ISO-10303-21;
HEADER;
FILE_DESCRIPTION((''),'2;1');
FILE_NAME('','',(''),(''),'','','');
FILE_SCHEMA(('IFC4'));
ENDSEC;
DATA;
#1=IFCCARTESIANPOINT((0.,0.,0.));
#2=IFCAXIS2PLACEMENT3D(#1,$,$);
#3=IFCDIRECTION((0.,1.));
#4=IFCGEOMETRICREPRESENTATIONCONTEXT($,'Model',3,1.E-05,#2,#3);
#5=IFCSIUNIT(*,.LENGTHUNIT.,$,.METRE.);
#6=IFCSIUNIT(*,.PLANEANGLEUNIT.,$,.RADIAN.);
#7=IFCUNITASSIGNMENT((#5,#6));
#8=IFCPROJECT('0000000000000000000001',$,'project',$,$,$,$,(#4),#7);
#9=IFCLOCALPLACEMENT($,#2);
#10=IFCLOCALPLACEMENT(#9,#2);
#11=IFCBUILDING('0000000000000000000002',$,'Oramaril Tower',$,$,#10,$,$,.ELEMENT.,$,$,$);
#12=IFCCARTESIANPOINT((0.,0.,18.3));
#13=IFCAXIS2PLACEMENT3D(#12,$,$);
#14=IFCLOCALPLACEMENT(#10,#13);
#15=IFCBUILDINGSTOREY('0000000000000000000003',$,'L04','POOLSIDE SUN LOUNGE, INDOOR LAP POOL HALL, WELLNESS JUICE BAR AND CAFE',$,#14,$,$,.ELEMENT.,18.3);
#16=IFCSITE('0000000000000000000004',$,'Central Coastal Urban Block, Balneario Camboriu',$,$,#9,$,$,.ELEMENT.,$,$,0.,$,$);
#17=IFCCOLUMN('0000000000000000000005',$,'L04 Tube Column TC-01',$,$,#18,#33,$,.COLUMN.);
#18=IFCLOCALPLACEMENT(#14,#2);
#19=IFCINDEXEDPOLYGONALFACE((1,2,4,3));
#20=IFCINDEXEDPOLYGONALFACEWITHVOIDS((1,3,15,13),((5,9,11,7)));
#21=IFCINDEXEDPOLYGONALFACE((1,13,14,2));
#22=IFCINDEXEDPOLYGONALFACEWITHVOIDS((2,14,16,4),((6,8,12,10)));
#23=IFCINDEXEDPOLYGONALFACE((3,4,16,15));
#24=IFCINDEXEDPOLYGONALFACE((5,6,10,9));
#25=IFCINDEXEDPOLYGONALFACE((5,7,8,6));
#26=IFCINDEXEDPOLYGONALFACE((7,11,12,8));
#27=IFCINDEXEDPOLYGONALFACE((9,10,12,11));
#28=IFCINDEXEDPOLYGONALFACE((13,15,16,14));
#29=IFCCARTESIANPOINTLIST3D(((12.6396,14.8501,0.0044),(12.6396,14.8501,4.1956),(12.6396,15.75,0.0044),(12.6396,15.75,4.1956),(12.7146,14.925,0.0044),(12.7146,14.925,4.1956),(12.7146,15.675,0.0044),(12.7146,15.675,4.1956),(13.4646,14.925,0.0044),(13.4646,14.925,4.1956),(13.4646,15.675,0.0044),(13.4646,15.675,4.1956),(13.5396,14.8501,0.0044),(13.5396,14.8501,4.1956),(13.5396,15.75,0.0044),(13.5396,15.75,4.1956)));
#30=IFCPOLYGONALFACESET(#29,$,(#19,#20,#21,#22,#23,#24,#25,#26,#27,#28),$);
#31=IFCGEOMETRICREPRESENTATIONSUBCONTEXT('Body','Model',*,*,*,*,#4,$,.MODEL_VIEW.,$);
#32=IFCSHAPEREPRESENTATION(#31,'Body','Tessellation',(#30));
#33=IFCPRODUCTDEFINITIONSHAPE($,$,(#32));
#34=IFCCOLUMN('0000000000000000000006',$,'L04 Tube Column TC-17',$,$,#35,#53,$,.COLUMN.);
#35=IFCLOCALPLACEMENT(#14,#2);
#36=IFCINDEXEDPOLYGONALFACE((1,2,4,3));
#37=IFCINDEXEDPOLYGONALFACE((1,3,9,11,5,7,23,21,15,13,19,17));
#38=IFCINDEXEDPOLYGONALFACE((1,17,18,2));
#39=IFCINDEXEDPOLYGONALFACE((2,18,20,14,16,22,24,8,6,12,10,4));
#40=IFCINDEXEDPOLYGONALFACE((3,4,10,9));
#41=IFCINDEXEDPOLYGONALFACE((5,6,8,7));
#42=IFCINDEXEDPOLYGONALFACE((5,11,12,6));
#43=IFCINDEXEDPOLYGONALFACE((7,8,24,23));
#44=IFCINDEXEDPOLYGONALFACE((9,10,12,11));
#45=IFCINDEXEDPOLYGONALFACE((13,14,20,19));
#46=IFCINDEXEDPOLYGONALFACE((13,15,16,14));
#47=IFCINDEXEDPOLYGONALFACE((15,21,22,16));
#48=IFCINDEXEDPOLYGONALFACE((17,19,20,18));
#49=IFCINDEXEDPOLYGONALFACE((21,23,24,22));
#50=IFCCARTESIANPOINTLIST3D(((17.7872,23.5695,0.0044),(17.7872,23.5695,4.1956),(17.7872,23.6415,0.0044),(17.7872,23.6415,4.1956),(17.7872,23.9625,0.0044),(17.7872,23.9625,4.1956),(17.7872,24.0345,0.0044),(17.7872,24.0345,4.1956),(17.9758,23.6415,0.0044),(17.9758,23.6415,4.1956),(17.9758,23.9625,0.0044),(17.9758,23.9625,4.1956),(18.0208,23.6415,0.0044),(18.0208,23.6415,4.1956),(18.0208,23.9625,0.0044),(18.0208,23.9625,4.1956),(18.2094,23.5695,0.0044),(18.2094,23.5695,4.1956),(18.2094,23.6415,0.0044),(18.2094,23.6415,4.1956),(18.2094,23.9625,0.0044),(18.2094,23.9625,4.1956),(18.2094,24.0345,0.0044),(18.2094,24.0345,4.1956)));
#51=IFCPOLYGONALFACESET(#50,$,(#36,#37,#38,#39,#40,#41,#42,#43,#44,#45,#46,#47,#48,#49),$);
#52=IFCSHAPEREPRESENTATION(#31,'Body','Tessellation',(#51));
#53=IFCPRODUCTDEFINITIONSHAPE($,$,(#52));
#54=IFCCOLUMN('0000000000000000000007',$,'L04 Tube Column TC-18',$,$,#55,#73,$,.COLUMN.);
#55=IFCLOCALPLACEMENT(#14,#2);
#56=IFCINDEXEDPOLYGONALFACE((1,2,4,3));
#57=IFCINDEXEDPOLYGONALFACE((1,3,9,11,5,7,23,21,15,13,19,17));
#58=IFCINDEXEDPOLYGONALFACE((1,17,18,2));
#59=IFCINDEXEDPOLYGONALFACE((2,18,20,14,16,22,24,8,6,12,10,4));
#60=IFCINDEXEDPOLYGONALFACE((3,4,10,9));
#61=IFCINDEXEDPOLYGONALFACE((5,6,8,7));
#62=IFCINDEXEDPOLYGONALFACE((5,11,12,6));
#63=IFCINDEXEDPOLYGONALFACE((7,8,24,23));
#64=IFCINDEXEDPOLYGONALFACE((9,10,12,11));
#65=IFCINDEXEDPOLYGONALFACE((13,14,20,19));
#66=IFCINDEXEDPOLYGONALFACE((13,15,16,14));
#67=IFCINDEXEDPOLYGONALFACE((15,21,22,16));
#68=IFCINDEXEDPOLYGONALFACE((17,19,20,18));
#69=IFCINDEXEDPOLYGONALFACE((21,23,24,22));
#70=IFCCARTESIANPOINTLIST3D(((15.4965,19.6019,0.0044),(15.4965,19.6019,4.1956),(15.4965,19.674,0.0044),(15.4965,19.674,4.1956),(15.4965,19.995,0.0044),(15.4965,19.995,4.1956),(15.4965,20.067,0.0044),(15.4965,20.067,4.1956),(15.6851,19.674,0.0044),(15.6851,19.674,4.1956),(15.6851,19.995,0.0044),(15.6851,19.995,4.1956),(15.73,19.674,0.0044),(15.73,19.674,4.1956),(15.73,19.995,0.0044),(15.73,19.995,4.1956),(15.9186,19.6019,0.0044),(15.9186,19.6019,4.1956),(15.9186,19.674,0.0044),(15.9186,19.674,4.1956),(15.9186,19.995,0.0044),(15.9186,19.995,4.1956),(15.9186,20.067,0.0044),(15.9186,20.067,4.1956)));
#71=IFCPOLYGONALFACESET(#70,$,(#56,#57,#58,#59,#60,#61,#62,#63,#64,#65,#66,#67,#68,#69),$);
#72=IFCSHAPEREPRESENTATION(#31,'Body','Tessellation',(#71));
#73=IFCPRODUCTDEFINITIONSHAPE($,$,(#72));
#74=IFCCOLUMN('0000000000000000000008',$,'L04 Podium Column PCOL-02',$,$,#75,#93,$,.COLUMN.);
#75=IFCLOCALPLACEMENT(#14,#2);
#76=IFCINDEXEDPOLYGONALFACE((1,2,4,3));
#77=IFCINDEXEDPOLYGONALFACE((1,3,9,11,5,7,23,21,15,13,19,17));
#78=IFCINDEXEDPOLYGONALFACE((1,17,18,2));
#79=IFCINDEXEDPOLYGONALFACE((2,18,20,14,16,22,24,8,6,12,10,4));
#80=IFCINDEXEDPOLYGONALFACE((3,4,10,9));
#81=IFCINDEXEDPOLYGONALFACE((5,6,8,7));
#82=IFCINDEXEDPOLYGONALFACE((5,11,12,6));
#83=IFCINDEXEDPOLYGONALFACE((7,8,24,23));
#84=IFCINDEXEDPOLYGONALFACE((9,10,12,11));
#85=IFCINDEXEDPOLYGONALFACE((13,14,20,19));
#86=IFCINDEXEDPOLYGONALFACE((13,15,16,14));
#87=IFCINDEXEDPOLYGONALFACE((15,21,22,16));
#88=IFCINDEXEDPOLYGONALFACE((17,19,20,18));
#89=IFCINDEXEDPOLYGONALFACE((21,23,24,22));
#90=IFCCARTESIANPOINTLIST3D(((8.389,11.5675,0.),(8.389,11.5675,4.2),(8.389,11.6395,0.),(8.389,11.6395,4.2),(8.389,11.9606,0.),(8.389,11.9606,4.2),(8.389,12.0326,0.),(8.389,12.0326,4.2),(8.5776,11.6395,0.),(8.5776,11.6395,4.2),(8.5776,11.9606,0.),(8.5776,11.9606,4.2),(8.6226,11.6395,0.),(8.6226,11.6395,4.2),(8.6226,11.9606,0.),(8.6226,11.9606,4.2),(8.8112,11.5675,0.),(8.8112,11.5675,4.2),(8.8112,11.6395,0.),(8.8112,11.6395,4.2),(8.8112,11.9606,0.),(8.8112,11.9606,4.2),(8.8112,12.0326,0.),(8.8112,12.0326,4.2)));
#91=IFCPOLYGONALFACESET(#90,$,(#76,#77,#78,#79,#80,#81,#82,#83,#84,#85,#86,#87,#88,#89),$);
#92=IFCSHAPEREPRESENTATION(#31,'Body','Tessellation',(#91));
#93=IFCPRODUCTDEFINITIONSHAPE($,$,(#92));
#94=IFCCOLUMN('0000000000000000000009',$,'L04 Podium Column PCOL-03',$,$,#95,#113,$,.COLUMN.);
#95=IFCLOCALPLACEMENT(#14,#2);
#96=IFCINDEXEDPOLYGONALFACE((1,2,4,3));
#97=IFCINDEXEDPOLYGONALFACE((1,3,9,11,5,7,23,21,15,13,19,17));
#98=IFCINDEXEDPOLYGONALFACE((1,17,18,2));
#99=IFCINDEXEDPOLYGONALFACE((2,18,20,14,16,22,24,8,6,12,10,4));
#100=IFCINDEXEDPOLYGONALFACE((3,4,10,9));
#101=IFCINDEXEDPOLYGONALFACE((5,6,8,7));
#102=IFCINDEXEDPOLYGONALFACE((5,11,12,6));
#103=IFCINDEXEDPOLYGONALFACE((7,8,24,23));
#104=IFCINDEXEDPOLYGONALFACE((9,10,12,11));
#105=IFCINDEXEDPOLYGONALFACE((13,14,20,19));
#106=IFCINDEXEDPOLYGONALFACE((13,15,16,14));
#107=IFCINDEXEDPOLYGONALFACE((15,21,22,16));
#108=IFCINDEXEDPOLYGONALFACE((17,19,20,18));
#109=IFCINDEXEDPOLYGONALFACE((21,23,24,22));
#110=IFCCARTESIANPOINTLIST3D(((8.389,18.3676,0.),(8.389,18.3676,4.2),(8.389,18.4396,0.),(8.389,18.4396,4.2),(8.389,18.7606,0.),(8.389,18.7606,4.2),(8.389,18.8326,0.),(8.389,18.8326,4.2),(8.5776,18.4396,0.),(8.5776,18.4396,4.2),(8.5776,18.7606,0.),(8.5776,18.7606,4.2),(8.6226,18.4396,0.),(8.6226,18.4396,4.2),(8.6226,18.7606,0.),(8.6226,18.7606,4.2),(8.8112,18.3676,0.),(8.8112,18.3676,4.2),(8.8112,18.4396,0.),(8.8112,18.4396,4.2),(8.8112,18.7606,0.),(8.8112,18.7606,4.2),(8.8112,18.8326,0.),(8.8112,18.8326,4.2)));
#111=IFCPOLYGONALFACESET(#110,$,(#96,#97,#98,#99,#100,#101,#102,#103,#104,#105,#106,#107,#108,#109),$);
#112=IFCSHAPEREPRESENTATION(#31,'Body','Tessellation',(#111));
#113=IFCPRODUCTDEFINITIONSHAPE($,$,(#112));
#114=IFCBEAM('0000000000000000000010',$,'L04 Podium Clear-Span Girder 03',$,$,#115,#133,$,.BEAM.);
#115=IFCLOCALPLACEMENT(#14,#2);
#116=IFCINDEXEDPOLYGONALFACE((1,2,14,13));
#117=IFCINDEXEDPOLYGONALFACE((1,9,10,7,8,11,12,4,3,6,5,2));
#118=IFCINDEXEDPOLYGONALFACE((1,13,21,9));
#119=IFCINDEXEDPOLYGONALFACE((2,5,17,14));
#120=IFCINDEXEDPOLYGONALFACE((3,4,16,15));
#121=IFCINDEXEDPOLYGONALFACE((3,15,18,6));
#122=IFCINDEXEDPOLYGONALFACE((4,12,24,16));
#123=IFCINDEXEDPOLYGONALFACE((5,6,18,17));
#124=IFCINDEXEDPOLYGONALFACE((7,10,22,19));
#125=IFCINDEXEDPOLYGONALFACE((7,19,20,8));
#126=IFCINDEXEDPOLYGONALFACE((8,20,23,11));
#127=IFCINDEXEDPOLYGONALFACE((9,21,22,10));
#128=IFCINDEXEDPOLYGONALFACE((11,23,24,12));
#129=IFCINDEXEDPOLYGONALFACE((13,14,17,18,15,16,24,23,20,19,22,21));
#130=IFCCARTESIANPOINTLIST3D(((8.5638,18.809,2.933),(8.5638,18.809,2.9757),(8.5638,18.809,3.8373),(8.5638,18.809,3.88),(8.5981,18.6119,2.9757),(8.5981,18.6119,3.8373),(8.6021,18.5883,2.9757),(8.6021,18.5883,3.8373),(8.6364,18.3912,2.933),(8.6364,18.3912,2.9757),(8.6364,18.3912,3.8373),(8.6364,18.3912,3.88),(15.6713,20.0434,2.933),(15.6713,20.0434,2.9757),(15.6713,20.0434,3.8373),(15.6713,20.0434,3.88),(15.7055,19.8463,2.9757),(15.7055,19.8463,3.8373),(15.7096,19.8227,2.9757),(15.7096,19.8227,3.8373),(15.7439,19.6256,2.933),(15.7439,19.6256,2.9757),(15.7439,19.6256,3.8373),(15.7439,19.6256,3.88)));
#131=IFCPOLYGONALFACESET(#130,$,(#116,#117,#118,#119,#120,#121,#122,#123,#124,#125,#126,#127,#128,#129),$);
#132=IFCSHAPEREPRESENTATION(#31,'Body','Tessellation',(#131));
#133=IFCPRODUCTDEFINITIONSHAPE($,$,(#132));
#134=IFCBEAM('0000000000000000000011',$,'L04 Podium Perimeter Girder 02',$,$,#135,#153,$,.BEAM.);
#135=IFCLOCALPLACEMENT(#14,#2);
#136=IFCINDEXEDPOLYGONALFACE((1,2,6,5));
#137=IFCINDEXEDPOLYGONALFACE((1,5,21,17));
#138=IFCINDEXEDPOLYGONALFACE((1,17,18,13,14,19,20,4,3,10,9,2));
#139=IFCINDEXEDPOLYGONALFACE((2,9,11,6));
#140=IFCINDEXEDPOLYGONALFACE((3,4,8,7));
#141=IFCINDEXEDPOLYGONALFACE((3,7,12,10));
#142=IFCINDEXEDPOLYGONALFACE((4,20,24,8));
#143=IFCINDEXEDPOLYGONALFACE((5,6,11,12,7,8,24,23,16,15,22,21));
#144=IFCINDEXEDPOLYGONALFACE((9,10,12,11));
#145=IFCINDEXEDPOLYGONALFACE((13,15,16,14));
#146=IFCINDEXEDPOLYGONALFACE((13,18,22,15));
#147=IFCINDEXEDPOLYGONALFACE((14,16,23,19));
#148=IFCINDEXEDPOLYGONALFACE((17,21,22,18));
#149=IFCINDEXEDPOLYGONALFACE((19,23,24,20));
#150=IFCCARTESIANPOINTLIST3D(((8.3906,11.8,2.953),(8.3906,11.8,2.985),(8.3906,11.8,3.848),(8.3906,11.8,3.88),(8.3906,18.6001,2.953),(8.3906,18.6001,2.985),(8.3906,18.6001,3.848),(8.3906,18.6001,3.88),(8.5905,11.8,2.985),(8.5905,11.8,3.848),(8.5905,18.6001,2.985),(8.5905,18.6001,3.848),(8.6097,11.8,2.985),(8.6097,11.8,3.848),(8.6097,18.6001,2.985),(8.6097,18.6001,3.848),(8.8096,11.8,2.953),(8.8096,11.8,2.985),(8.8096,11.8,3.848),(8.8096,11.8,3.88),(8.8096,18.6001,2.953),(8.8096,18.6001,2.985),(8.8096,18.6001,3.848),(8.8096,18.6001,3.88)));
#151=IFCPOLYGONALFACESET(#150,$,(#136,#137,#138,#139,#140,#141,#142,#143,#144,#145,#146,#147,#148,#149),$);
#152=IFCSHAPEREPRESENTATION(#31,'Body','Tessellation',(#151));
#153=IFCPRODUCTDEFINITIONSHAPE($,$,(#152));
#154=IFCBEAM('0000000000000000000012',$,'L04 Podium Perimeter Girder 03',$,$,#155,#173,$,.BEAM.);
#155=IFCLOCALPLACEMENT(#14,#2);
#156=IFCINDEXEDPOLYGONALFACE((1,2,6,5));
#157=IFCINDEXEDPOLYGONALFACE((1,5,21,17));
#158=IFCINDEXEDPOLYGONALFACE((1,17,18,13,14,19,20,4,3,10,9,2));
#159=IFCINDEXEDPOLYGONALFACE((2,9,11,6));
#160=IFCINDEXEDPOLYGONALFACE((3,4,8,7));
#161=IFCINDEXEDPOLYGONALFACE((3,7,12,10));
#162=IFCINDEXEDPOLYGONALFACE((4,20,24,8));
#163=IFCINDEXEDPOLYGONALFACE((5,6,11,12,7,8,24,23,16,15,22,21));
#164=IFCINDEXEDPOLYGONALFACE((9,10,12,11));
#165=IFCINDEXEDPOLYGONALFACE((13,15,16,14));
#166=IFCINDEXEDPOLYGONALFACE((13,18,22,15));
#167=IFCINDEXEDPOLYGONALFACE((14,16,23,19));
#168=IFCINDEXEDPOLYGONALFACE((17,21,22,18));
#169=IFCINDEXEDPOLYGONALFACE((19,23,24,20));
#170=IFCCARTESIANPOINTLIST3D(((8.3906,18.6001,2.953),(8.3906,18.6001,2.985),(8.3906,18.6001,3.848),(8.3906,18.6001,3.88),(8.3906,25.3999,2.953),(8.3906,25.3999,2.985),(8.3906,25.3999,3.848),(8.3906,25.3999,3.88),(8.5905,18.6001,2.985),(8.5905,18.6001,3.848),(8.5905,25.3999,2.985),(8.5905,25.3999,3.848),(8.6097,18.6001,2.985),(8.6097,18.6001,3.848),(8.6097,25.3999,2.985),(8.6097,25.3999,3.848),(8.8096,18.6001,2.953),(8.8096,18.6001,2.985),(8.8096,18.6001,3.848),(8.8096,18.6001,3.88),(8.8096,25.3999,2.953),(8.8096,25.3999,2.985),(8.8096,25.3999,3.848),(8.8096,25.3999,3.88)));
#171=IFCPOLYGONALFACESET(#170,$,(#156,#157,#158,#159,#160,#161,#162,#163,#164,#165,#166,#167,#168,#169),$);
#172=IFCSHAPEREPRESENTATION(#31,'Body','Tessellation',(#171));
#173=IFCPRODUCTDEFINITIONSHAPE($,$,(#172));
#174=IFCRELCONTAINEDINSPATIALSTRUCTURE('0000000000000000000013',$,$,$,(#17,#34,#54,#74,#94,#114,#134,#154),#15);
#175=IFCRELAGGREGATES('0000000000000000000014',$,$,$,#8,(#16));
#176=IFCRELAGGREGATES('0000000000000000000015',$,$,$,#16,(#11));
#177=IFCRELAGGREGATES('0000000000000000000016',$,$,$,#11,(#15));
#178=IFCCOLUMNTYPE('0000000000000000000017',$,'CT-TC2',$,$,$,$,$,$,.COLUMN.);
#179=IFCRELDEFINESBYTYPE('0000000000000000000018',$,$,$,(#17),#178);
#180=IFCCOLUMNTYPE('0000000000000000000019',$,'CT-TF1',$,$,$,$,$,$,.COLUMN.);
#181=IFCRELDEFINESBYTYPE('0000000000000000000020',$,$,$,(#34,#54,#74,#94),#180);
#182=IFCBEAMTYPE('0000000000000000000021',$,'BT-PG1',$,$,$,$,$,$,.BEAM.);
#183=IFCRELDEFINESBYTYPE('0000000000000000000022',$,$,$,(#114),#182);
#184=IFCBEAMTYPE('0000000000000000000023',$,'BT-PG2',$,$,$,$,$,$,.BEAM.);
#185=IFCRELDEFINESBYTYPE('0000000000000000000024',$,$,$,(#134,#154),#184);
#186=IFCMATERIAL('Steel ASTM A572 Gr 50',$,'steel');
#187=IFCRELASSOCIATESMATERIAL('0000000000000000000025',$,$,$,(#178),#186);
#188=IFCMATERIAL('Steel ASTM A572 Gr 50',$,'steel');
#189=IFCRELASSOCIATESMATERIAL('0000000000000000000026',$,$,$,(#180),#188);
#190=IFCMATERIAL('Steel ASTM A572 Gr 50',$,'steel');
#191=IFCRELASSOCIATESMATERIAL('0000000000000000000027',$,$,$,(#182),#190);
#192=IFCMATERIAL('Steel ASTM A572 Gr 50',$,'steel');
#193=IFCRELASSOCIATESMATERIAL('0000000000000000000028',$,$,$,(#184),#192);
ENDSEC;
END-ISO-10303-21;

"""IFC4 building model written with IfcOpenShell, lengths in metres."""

from ifc_helpers import new_model, si_unit, direction, frame, origin, origin_2d, place, context, subcontext, project, spatial, hollow_rectangle, i_section, extrude, material, material_profile, profile_set, type_object, element, save


model = new_model("IFC4")

# Units and contexts
model_context = context("Model", 3, precision=1e-05, world=origin(), true_north=direction((0.0, 1.0)))
body_context = subcontext(model_context, "Body", "Model", "MODEL_VIEW")
ifc_project = project(units=[si_unit("LENGTHUNIT", "METRE"), si_unit("PLANEANGLEUNIT", "RADIAN")], contexts=[model_context])

# Site, building, storey
site_placement = place(None, origin())
site = spatial("IfcSite", under=ifc_project, at=site_placement, Name="Central Coastal Urban Block, Balneario Camboriu", CompositionType="ELEMENT", RefElevation=0.0)
building_placement = place(site_placement, origin())
building = spatial("IfcBuilding", under=site, at=building_placement, Name="Oramaril Tower", CompositionType="ELEMENT")
storey_placement = place(building_placement, frame((0.0, 0.0, 18.3)))
storey = spatial("IfcBuildingStorey", under=building, at=storey_placement, Name="L04", Description="POOLSIDE SUN LOUNGE, INDOOR LAP POOL HALL, WELLNESS JUICE BAR AND CAFE", CompositionType="ELEMENT", Elevation=18.3)

# Columns
ifc_material_1 = material(Name="Steel ASTM A572 Gr 50", Category="steel")
ifc_material_profile_1 = material_profile(ifc_material_1, hollow_rectangle(XDim=0.8999, YDim=0.8999, WallThickness=0.075, at=origin_2d()), Name="BOX900X900X75")
ifc_profile_set_1 = profile_set([ifc_material_profile_1], Name="Steel ASTM A572 Gr 50")
column_type_1 = type_object("IfcColumnType", Name="CT-TC2", PredefinedType="COLUMN", material=ifc_profile_set_1)
column_placement = place(storey_placement, frame((13.0896, 15.3, 0.0044), z_axis=(0.0, 0.0, 1.0), x_axis=(1.0, 0.0, 0.0)))
element("IfcColumn", 1, at=column_placement, inside=storey, type_object=column_type_1, Name="L04 Tube Column TC-01", PredefinedType="COLUMN", context=body_context, shape_type="SweptSolid", body=[
    extrude(hollow_rectangle(XDim=0.8999, YDim=0.8999, WallThickness=0.075, at=origin_2d()), origin(), (0.0, 0.0, 1.0), 4.1912),
])
ifc_material_2 = material(Name="Steel ASTM A572 Gr 50", Category="steel")
ifc_material_profile_2 = material_profile(ifc_material_2, i_section(OverallWidth=0.4221, OverallDepth=0.4651, WebThickness=0.0449, FlangeThickness=0.072, at=origin_2d()), Name="W14X398")
ifc_profile_set_2 = profile_set([ifc_material_profile_2], Name="Steel ASTM A572 Gr 50")
column_type_2 = type_object("IfcColumnType", Name="CT-TF1", PredefinedType="COLUMN", material=ifc_profile_set_2)
for number, where, z_axis, x_axis, name in (
    (2, (17.9983, 23.802, 0.0044), (0.0, 0.0, 1.0), (1.0, 0.0, 0.0), "L04 Tube Column TC-17"),
    (3, (15.7075, 19.8345, 0.0044), (0.0, 0.0, 1.0), (1.0, 0.0, 0.0), "L04 Tube Column TC-18"),
):
    element("IfcColumn", number, at=place(storey_placement, frame(where, z_axis=z_axis, x_axis=x_axis)), inside=storey, type_object=column_type_2, Name=name, PredefinedType="COLUMN", context=body_context, shape_type="SweptSolid", body=[
        extrude(i_section(OverallWidth=0.4221, OverallDepth=0.4651, WebThickness=0.0449, FlangeThickness=0.072, at=origin_2d()), origin(), (0.0, 0.0, 1.0), 4.1912),
    ])
for number, where, z_axis, x_axis, name in (
    (4, (8.6001, 11.8, 0.0), (0.0, 0.0, 1.0), (1.0, 0.0, 0.0), "L04 Podium Column PCOL-02"),
    (5, (8.6001, 18.6001, 0.0), (0.0, 0.0, 1.0), (1.0, 0.0, 0.0), "L04 Podium Column PCOL-03"),
):
    element("IfcColumn", number, at=place(storey_placement, frame(where, z_axis=z_axis, x_axis=x_axis)), inside=storey, type_object=column_type_2, Name=name, PredefinedType="COLUMN", context=body_context, shape_type="SweptSolid", body=[
        extrude(i_section(OverallWidth=0.4221, OverallDepth=0.4651, WebThickness=0.0449, FlangeThickness=0.072, at=origin_2d()), origin(), (0.0, 0.0, 1.0), 4.2),
    ])

# Beams
ifc_material_3 = material(Name="Steel ASTM A572 Gr 50", Category="steel")
ifc_material_profile_3 = material_profile(ifc_material_3, i_section(OverallWidth=0.4241, OverallDepth=0.947, WebThickness=0.0239, FlangeThickness=0.0427, at=origin_2d()), Name="W36X302")
ifc_profile_set_3 = profile_set([ifc_material_profile_3], Name="Steel ASTM A572 Gr 50")
beam_type_1 = type_object("IfcBeamType", Name="BT-PG1", PredefinedType="BEAM", material=ifc_profile_set_3)
beam_1_placement = place(storey_placement, frame((8.6001, 18.6001, 3.4065), z_axis=(0.985251, 0.171113, 0.0), x_axis=(-0.171113, 0.985251, 0.0)))
element("IfcBeam", 6, at=beam_1_placement, inside=storey, type_object=beam_type_1, Name="L04 Podium Clear-Span Girder 03", PredefinedType="BEAM", context=body_context, shape_type="SweptSolid", body=[
    extrude(i_section(OverallWidth=0.4241, OverallDepth=0.947, WebThickness=0.0239, FlangeThickness=0.0427, at=origin_2d()), origin(), (0.0, 0.0, 1.0), 7.2139),
])
ifc_material_4 = material(Name="Steel ASTM A572 Gr 50", Category="steel")
ifc_material_profile_4 = material_profile(ifc_material_4, i_section(OverallWidth=0.4189, OverallDepth=0.927, WebThickness=0.0193, FlangeThickness=0.032, at=origin_2d()), Name="W36X231")
ifc_profile_set_4 = profile_set([ifc_material_profile_4], Name="Steel ASTM A572 Gr 50")
beam_type_2 = type_object("IfcBeamType", Name="BT-PG2", PredefinedType="BEAM", material=ifc_profile_set_4)
beam_2_placement = place(storey_placement, frame((8.6001, 11.8, 3.4165), z_axis=(0.0, 1.0, 0.0), x_axis=(-1.0, 0.0, 0.0)))
element("IfcBeam", 7, at=beam_2_placement, inside=storey, type_object=beam_type_2, Name="L04 Podium Perimeter Girder 02", PredefinedType="BEAM", context=body_context, shape_type="SweptSolid", body=[
    extrude(i_section(OverallWidth=0.4189, OverallDepth=0.927, WebThickness=0.0193, FlangeThickness=0.032, at=origin_2d()), origin(), (0.0, 0.0, 1.0), 6.8),
])
beam_3_placement = place(storey_placement, frame((8.6001, 18.6001, 3.4165), z_axis=(0.0, 1.0, 0.0), x_axis=(-1.0, 0.0, 0.0)))
element("IfcBeam", 8, at=beam_3_placement, inside=storey, type_object=beam_type_2, Name="L04 Podium Perimeter Girder 03", PredefinedType="BEAM", context=body_context, shape_type="SweptSolid", body=[
    extrude(i_section(OverallWidth=0.4189, OverallDepth=0.927, WebThickness=0.0193, FlangeThickness=0.032, at=origin_2d()), origin(), (0.0, 0.0, 1.0), 6.7998),
])

save(model, "model.ifc")
